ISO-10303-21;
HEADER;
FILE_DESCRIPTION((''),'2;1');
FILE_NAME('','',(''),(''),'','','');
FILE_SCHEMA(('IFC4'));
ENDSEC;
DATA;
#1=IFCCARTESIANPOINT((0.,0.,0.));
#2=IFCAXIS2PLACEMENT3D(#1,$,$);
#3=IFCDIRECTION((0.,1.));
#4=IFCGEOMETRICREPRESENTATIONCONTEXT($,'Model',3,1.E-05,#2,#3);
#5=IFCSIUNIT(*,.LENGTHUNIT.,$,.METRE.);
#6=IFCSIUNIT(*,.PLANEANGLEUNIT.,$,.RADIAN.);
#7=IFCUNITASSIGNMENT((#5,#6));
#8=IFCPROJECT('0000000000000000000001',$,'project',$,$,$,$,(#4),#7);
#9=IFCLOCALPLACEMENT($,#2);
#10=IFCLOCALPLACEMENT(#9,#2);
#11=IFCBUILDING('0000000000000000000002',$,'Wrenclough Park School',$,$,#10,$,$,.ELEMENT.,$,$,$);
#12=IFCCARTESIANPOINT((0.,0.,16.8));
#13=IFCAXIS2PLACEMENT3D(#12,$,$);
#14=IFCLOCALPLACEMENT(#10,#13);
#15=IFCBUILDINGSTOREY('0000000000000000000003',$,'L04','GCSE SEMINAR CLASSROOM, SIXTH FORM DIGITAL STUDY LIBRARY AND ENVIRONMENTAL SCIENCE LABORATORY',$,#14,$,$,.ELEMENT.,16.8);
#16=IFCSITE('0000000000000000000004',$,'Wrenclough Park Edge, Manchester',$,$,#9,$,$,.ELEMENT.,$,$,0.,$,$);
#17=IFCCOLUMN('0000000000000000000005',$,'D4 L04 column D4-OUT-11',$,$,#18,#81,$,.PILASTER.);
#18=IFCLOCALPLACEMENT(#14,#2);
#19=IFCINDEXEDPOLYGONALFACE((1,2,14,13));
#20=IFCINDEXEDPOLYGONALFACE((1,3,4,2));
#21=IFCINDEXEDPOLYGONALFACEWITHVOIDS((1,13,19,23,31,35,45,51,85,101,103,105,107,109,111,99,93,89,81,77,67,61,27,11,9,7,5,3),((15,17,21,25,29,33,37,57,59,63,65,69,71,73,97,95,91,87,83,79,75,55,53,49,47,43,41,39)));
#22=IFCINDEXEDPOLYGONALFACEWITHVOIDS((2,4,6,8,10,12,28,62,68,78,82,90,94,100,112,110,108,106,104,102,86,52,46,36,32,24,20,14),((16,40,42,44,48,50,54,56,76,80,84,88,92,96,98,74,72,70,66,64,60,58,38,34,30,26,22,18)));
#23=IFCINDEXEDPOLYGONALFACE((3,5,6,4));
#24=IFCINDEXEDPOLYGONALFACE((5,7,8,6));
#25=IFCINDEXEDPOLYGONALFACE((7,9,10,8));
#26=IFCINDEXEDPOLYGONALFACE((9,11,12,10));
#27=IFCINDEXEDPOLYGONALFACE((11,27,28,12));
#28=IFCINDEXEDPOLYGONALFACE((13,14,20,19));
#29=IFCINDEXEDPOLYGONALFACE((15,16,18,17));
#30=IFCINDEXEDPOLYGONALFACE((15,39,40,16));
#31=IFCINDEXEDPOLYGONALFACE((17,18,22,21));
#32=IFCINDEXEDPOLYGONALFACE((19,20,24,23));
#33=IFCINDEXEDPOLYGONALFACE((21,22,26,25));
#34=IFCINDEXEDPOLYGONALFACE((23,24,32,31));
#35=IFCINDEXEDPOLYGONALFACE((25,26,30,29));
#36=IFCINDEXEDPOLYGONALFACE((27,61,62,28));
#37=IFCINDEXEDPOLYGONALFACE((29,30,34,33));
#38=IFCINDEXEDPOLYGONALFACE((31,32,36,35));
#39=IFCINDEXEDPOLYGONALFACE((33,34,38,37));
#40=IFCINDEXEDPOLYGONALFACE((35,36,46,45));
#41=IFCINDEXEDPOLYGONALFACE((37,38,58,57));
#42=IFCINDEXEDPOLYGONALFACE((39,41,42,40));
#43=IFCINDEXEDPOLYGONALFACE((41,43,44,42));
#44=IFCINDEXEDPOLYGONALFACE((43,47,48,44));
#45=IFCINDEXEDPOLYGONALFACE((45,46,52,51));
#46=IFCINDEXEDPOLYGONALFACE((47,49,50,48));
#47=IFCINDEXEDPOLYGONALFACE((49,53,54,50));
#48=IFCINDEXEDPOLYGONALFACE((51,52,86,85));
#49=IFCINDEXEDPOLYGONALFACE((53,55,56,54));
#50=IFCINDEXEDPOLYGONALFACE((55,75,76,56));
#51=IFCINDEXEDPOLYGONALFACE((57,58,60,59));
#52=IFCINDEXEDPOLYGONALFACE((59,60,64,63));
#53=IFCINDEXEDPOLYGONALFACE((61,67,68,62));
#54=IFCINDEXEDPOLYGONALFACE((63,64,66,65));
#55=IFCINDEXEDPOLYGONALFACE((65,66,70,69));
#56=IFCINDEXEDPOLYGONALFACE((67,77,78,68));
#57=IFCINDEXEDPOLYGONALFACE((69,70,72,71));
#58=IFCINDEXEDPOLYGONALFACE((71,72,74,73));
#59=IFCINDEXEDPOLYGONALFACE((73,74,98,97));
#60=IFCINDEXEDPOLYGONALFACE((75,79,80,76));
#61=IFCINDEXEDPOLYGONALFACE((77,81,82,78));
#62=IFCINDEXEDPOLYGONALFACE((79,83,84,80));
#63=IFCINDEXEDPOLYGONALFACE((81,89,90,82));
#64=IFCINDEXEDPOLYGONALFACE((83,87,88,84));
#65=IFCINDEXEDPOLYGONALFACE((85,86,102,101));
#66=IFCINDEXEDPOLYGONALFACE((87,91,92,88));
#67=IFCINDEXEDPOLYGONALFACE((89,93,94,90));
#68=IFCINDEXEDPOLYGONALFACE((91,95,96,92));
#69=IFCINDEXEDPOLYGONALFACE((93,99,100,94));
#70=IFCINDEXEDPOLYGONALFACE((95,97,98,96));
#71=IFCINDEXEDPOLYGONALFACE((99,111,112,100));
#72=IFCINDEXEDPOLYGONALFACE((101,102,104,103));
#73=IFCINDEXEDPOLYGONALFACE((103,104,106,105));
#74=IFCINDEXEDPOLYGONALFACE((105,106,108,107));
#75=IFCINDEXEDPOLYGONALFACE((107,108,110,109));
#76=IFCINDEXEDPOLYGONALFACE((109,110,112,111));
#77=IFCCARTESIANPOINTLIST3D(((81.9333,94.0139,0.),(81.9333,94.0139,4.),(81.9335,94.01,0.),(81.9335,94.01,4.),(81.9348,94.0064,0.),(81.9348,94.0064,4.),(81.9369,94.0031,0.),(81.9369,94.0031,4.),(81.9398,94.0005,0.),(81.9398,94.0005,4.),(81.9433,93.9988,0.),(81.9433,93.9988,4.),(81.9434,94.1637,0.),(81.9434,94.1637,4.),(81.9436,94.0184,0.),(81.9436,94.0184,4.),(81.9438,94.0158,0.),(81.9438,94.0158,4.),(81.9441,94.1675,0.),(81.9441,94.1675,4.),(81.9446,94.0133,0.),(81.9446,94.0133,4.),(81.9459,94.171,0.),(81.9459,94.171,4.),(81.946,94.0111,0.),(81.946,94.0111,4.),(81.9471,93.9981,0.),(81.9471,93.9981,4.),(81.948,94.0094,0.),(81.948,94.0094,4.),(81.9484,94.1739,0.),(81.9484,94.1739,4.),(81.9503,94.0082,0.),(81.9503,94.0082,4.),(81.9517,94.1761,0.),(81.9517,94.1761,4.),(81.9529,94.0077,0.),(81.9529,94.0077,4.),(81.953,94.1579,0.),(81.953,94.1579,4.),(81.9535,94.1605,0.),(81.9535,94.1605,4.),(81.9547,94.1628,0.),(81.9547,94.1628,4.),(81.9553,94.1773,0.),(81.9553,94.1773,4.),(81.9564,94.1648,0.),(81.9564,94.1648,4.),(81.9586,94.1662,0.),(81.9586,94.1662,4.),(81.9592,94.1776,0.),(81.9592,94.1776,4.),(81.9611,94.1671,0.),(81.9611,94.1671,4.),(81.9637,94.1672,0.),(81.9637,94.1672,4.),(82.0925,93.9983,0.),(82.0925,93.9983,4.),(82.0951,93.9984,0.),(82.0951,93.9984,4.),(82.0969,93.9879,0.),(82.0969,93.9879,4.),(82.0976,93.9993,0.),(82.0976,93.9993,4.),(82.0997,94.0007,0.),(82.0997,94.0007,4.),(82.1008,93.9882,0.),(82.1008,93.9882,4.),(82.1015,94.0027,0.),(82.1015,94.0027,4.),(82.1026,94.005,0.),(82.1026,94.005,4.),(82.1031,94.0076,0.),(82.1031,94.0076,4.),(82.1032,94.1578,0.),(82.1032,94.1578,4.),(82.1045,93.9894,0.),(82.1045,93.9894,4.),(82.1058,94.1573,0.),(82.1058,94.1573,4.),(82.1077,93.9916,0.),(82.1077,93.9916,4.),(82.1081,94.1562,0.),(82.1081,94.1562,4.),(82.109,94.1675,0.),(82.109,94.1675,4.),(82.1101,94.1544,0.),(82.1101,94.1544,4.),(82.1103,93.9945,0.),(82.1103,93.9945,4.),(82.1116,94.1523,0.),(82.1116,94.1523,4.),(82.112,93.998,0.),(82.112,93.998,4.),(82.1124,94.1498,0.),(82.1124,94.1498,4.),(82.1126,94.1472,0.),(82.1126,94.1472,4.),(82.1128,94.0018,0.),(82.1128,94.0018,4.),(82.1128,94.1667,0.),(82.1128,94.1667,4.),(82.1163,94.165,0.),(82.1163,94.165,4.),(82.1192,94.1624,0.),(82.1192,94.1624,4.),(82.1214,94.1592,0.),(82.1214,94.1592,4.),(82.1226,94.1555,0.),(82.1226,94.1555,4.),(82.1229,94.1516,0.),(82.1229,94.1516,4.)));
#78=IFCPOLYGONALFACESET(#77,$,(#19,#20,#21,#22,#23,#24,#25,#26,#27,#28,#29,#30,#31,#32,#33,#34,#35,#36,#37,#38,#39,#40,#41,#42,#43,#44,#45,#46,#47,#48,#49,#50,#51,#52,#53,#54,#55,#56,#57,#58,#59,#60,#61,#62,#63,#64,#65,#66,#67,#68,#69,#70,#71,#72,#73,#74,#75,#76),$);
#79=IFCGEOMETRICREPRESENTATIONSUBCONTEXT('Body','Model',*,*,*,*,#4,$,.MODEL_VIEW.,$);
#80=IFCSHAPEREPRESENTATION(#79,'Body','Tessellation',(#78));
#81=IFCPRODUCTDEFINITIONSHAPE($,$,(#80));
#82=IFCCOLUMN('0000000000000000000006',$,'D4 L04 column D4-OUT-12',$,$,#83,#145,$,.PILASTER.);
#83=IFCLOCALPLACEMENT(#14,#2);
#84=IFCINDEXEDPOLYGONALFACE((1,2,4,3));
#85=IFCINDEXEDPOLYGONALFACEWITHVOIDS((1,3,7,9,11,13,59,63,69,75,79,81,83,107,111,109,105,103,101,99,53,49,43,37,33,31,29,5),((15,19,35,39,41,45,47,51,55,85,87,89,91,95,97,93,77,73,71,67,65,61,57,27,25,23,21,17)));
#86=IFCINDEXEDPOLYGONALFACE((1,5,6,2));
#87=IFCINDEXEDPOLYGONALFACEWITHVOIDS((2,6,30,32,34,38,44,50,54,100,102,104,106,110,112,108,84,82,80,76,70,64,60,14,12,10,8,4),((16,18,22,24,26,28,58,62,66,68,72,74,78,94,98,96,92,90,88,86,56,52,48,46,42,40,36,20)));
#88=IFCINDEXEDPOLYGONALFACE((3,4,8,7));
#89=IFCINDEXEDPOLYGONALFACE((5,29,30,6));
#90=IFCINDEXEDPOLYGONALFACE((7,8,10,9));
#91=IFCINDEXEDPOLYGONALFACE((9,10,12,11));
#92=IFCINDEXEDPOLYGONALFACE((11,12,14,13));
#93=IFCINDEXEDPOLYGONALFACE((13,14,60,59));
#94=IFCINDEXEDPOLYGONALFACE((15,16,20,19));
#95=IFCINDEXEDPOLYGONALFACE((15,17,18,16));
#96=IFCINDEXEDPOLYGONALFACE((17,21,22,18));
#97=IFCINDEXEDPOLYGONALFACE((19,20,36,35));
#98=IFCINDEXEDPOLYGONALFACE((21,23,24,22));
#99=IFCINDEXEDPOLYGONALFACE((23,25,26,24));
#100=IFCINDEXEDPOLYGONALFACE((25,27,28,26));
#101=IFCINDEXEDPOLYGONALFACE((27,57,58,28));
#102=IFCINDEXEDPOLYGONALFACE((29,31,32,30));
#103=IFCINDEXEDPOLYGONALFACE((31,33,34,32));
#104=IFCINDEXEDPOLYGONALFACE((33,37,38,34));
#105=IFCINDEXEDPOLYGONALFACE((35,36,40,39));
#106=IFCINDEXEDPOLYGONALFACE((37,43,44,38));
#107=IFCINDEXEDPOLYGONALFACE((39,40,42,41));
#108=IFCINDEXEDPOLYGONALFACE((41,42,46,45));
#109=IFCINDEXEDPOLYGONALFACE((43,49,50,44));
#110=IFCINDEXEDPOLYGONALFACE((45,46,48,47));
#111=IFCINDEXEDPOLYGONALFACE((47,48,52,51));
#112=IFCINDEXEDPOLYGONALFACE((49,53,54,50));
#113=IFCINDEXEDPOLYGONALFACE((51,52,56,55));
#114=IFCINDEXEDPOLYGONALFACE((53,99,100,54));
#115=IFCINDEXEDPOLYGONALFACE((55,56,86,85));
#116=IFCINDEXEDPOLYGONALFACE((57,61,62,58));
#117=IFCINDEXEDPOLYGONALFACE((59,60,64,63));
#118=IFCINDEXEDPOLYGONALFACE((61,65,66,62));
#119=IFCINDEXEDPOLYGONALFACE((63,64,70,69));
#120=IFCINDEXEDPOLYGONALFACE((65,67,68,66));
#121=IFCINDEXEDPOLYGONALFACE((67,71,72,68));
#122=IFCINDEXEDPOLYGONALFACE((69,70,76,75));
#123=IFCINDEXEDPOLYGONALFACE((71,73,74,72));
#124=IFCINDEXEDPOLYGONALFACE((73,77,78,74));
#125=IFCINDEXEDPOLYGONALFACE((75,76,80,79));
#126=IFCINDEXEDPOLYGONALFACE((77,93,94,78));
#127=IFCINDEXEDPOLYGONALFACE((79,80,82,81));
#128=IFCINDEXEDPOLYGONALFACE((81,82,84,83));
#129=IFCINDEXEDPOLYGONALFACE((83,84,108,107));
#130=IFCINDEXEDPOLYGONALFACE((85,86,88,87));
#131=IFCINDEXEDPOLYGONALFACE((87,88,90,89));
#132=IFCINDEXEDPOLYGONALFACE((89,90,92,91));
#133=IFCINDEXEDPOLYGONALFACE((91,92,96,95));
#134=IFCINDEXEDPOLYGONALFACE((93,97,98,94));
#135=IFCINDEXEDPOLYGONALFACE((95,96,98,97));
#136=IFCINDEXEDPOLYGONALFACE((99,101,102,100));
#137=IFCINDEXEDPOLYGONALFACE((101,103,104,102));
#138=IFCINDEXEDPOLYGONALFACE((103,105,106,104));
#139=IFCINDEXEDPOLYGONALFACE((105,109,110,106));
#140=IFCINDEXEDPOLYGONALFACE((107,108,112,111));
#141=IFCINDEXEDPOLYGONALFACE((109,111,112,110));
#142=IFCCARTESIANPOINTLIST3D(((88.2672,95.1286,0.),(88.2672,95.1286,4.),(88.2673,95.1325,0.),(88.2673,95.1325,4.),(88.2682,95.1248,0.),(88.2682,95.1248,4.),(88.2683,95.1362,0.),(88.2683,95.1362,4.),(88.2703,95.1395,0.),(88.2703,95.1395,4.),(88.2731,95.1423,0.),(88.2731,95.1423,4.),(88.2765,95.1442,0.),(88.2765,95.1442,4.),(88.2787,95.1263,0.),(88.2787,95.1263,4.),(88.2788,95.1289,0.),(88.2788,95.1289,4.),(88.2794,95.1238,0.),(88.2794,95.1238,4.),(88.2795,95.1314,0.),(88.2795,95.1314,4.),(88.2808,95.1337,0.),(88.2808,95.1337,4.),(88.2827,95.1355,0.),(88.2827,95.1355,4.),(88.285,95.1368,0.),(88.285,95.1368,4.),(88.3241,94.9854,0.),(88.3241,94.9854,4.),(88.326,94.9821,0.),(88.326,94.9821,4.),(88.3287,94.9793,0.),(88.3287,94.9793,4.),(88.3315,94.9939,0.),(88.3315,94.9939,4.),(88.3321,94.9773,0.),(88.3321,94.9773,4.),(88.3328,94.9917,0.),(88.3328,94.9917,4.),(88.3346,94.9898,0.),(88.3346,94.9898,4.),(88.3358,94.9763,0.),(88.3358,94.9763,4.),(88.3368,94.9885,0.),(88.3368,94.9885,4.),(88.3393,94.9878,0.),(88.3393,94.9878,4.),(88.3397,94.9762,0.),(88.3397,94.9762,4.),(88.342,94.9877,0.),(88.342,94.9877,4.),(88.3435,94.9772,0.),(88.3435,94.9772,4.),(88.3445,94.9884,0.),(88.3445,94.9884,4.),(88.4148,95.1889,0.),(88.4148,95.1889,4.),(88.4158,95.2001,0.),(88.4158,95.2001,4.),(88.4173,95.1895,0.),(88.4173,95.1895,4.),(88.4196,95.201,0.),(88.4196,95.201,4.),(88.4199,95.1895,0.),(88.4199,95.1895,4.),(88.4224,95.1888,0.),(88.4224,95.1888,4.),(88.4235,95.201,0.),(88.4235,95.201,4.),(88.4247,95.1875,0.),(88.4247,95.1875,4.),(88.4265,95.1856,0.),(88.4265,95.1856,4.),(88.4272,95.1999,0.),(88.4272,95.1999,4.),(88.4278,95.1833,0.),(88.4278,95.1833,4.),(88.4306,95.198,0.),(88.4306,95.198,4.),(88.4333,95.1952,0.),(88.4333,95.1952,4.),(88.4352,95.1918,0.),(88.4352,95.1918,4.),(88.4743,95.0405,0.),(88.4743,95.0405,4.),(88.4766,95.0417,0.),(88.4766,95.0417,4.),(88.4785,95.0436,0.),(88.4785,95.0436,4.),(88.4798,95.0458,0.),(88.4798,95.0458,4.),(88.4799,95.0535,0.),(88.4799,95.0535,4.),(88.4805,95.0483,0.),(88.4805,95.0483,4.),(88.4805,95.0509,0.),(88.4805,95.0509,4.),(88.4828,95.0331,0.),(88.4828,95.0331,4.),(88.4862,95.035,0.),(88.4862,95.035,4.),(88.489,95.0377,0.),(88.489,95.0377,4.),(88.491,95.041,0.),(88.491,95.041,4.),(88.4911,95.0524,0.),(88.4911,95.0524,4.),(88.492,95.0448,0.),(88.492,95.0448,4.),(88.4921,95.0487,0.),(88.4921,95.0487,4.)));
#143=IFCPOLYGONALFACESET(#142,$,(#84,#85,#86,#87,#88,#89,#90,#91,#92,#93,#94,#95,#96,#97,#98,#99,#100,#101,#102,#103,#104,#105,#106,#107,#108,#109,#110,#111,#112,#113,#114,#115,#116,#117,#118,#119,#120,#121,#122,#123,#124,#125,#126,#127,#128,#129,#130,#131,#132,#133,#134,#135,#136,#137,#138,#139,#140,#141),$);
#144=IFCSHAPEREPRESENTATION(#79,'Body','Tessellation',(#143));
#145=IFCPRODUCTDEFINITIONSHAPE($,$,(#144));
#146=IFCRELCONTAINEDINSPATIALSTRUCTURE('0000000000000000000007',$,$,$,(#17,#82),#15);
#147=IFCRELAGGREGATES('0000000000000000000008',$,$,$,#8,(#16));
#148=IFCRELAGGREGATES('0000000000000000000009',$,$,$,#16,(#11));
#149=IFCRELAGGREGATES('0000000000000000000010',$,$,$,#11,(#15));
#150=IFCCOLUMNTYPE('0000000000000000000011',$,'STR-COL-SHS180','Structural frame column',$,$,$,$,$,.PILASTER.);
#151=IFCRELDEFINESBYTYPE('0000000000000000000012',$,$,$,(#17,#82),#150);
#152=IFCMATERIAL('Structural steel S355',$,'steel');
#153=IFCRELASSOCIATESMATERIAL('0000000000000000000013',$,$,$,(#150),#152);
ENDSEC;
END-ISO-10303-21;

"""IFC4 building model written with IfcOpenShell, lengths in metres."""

from ifc_helpers import new_model, si_unit, direction, frame, origin, origin_2d, place, context, subcontext, project, spatial, hollow_rectangle, extrude, material, material_profile, profile_set, type_object, element, save


model = new_model("IFC4")

# Units and contexts
model_context = context("Model", 3, precision=1e-05, world=origin(), true_north=direction((0.0, 1.0)))
body_context = subcontext(model_context, "Body", "Model", "MODEL_VIEW")
ifc_project = project(units=[si_unit("LENGTHUNIT", "METRE"), si_unit("PLANEANGLEUNIT", "RADIAN")], contexts=[model_context])

# Site, building, storey
site_placement = place(None, origin())
site = spatial("IfcSite", under=ifc_project, at=site_placement, Name="Wrenclough Park Edge, Manchester", CompositionType="ELEMENT", RefElevation=0.0)
building_placement = place(site_placement, origin())
building = spatial("IfcBuilding", under=site, at=building_placement, Name="Wrenclough Park School", CompositionType="ELEMENT")
storey_placement = place(building_placement, frame((0.0, 0.0, 16.8)))
storey = spatial("IfcBuildingStorey", under=building, at=storey_placement, Name="L04", Description="GCSE SEMINAR CLASSROOM, SIXTH FORM DIGITAL STUDY LIBRARY AND ENVIRONMENTAL SCIENCE LABORATORY", CompositionType="ELEMENT", Elevation=16.8)

# Columns
ifc_material_1 = material(Name="Structural steel S355", Category="steel")
ifc_material_profile_1 = material_profile(ifc_material_1, hollow_rectangle(XDim=0.1799, YDim=0.1799, WallThickness=0.01, InnerFilletRadius=0.01, OuterFilletRadius=0.0149, at=origin_2d()), Name="SHS 180x180x10.0")
ifc_profile_set_1 = profile_set([ifc_material_profile_1], Name="Structural steel S355")
column_type = type_object("IfcColumnType", Name="STR-COL-SHS180", Description="Structural frame column", PredefinedType="PILASTER", material=ifc_profile_set_1)
for number, where, z_axis, x_axis, name in (
    (1, (82.0281, 94.0828, 0.0), (0.0, 0.0, 1.0), (0.997732, -0.067319, 0.0), "D4 L04 column D4-OUT-11"),
    (2, (88.3796, 95.0886, 0.0), (0.0, 0.0, 1.0), (0.928096, 0.37234, 0.0), "D4 L04 column D4-OUT-12"),
):
    element("IfcColumn", number, at=place(storey_placement, frame(where, z_axis=z_axis, x_axis=x_axis)), inside=storey, type_object=column_type, Name=name, PredefinedType="PILASTER", context=body_context, shape_type="SweptSolid", body=[
        extrude(hollow_rectangle(XDim=0.1799, YDim=0.1799, WallThickness=0.01, InnerFilletRadius=0.01, OuterFilletRadius=0.0149, at=origin_2d()), origin(), (0.0, 0.0, 1.0), 4.0),
    ])

save(model, "model.ifc")
